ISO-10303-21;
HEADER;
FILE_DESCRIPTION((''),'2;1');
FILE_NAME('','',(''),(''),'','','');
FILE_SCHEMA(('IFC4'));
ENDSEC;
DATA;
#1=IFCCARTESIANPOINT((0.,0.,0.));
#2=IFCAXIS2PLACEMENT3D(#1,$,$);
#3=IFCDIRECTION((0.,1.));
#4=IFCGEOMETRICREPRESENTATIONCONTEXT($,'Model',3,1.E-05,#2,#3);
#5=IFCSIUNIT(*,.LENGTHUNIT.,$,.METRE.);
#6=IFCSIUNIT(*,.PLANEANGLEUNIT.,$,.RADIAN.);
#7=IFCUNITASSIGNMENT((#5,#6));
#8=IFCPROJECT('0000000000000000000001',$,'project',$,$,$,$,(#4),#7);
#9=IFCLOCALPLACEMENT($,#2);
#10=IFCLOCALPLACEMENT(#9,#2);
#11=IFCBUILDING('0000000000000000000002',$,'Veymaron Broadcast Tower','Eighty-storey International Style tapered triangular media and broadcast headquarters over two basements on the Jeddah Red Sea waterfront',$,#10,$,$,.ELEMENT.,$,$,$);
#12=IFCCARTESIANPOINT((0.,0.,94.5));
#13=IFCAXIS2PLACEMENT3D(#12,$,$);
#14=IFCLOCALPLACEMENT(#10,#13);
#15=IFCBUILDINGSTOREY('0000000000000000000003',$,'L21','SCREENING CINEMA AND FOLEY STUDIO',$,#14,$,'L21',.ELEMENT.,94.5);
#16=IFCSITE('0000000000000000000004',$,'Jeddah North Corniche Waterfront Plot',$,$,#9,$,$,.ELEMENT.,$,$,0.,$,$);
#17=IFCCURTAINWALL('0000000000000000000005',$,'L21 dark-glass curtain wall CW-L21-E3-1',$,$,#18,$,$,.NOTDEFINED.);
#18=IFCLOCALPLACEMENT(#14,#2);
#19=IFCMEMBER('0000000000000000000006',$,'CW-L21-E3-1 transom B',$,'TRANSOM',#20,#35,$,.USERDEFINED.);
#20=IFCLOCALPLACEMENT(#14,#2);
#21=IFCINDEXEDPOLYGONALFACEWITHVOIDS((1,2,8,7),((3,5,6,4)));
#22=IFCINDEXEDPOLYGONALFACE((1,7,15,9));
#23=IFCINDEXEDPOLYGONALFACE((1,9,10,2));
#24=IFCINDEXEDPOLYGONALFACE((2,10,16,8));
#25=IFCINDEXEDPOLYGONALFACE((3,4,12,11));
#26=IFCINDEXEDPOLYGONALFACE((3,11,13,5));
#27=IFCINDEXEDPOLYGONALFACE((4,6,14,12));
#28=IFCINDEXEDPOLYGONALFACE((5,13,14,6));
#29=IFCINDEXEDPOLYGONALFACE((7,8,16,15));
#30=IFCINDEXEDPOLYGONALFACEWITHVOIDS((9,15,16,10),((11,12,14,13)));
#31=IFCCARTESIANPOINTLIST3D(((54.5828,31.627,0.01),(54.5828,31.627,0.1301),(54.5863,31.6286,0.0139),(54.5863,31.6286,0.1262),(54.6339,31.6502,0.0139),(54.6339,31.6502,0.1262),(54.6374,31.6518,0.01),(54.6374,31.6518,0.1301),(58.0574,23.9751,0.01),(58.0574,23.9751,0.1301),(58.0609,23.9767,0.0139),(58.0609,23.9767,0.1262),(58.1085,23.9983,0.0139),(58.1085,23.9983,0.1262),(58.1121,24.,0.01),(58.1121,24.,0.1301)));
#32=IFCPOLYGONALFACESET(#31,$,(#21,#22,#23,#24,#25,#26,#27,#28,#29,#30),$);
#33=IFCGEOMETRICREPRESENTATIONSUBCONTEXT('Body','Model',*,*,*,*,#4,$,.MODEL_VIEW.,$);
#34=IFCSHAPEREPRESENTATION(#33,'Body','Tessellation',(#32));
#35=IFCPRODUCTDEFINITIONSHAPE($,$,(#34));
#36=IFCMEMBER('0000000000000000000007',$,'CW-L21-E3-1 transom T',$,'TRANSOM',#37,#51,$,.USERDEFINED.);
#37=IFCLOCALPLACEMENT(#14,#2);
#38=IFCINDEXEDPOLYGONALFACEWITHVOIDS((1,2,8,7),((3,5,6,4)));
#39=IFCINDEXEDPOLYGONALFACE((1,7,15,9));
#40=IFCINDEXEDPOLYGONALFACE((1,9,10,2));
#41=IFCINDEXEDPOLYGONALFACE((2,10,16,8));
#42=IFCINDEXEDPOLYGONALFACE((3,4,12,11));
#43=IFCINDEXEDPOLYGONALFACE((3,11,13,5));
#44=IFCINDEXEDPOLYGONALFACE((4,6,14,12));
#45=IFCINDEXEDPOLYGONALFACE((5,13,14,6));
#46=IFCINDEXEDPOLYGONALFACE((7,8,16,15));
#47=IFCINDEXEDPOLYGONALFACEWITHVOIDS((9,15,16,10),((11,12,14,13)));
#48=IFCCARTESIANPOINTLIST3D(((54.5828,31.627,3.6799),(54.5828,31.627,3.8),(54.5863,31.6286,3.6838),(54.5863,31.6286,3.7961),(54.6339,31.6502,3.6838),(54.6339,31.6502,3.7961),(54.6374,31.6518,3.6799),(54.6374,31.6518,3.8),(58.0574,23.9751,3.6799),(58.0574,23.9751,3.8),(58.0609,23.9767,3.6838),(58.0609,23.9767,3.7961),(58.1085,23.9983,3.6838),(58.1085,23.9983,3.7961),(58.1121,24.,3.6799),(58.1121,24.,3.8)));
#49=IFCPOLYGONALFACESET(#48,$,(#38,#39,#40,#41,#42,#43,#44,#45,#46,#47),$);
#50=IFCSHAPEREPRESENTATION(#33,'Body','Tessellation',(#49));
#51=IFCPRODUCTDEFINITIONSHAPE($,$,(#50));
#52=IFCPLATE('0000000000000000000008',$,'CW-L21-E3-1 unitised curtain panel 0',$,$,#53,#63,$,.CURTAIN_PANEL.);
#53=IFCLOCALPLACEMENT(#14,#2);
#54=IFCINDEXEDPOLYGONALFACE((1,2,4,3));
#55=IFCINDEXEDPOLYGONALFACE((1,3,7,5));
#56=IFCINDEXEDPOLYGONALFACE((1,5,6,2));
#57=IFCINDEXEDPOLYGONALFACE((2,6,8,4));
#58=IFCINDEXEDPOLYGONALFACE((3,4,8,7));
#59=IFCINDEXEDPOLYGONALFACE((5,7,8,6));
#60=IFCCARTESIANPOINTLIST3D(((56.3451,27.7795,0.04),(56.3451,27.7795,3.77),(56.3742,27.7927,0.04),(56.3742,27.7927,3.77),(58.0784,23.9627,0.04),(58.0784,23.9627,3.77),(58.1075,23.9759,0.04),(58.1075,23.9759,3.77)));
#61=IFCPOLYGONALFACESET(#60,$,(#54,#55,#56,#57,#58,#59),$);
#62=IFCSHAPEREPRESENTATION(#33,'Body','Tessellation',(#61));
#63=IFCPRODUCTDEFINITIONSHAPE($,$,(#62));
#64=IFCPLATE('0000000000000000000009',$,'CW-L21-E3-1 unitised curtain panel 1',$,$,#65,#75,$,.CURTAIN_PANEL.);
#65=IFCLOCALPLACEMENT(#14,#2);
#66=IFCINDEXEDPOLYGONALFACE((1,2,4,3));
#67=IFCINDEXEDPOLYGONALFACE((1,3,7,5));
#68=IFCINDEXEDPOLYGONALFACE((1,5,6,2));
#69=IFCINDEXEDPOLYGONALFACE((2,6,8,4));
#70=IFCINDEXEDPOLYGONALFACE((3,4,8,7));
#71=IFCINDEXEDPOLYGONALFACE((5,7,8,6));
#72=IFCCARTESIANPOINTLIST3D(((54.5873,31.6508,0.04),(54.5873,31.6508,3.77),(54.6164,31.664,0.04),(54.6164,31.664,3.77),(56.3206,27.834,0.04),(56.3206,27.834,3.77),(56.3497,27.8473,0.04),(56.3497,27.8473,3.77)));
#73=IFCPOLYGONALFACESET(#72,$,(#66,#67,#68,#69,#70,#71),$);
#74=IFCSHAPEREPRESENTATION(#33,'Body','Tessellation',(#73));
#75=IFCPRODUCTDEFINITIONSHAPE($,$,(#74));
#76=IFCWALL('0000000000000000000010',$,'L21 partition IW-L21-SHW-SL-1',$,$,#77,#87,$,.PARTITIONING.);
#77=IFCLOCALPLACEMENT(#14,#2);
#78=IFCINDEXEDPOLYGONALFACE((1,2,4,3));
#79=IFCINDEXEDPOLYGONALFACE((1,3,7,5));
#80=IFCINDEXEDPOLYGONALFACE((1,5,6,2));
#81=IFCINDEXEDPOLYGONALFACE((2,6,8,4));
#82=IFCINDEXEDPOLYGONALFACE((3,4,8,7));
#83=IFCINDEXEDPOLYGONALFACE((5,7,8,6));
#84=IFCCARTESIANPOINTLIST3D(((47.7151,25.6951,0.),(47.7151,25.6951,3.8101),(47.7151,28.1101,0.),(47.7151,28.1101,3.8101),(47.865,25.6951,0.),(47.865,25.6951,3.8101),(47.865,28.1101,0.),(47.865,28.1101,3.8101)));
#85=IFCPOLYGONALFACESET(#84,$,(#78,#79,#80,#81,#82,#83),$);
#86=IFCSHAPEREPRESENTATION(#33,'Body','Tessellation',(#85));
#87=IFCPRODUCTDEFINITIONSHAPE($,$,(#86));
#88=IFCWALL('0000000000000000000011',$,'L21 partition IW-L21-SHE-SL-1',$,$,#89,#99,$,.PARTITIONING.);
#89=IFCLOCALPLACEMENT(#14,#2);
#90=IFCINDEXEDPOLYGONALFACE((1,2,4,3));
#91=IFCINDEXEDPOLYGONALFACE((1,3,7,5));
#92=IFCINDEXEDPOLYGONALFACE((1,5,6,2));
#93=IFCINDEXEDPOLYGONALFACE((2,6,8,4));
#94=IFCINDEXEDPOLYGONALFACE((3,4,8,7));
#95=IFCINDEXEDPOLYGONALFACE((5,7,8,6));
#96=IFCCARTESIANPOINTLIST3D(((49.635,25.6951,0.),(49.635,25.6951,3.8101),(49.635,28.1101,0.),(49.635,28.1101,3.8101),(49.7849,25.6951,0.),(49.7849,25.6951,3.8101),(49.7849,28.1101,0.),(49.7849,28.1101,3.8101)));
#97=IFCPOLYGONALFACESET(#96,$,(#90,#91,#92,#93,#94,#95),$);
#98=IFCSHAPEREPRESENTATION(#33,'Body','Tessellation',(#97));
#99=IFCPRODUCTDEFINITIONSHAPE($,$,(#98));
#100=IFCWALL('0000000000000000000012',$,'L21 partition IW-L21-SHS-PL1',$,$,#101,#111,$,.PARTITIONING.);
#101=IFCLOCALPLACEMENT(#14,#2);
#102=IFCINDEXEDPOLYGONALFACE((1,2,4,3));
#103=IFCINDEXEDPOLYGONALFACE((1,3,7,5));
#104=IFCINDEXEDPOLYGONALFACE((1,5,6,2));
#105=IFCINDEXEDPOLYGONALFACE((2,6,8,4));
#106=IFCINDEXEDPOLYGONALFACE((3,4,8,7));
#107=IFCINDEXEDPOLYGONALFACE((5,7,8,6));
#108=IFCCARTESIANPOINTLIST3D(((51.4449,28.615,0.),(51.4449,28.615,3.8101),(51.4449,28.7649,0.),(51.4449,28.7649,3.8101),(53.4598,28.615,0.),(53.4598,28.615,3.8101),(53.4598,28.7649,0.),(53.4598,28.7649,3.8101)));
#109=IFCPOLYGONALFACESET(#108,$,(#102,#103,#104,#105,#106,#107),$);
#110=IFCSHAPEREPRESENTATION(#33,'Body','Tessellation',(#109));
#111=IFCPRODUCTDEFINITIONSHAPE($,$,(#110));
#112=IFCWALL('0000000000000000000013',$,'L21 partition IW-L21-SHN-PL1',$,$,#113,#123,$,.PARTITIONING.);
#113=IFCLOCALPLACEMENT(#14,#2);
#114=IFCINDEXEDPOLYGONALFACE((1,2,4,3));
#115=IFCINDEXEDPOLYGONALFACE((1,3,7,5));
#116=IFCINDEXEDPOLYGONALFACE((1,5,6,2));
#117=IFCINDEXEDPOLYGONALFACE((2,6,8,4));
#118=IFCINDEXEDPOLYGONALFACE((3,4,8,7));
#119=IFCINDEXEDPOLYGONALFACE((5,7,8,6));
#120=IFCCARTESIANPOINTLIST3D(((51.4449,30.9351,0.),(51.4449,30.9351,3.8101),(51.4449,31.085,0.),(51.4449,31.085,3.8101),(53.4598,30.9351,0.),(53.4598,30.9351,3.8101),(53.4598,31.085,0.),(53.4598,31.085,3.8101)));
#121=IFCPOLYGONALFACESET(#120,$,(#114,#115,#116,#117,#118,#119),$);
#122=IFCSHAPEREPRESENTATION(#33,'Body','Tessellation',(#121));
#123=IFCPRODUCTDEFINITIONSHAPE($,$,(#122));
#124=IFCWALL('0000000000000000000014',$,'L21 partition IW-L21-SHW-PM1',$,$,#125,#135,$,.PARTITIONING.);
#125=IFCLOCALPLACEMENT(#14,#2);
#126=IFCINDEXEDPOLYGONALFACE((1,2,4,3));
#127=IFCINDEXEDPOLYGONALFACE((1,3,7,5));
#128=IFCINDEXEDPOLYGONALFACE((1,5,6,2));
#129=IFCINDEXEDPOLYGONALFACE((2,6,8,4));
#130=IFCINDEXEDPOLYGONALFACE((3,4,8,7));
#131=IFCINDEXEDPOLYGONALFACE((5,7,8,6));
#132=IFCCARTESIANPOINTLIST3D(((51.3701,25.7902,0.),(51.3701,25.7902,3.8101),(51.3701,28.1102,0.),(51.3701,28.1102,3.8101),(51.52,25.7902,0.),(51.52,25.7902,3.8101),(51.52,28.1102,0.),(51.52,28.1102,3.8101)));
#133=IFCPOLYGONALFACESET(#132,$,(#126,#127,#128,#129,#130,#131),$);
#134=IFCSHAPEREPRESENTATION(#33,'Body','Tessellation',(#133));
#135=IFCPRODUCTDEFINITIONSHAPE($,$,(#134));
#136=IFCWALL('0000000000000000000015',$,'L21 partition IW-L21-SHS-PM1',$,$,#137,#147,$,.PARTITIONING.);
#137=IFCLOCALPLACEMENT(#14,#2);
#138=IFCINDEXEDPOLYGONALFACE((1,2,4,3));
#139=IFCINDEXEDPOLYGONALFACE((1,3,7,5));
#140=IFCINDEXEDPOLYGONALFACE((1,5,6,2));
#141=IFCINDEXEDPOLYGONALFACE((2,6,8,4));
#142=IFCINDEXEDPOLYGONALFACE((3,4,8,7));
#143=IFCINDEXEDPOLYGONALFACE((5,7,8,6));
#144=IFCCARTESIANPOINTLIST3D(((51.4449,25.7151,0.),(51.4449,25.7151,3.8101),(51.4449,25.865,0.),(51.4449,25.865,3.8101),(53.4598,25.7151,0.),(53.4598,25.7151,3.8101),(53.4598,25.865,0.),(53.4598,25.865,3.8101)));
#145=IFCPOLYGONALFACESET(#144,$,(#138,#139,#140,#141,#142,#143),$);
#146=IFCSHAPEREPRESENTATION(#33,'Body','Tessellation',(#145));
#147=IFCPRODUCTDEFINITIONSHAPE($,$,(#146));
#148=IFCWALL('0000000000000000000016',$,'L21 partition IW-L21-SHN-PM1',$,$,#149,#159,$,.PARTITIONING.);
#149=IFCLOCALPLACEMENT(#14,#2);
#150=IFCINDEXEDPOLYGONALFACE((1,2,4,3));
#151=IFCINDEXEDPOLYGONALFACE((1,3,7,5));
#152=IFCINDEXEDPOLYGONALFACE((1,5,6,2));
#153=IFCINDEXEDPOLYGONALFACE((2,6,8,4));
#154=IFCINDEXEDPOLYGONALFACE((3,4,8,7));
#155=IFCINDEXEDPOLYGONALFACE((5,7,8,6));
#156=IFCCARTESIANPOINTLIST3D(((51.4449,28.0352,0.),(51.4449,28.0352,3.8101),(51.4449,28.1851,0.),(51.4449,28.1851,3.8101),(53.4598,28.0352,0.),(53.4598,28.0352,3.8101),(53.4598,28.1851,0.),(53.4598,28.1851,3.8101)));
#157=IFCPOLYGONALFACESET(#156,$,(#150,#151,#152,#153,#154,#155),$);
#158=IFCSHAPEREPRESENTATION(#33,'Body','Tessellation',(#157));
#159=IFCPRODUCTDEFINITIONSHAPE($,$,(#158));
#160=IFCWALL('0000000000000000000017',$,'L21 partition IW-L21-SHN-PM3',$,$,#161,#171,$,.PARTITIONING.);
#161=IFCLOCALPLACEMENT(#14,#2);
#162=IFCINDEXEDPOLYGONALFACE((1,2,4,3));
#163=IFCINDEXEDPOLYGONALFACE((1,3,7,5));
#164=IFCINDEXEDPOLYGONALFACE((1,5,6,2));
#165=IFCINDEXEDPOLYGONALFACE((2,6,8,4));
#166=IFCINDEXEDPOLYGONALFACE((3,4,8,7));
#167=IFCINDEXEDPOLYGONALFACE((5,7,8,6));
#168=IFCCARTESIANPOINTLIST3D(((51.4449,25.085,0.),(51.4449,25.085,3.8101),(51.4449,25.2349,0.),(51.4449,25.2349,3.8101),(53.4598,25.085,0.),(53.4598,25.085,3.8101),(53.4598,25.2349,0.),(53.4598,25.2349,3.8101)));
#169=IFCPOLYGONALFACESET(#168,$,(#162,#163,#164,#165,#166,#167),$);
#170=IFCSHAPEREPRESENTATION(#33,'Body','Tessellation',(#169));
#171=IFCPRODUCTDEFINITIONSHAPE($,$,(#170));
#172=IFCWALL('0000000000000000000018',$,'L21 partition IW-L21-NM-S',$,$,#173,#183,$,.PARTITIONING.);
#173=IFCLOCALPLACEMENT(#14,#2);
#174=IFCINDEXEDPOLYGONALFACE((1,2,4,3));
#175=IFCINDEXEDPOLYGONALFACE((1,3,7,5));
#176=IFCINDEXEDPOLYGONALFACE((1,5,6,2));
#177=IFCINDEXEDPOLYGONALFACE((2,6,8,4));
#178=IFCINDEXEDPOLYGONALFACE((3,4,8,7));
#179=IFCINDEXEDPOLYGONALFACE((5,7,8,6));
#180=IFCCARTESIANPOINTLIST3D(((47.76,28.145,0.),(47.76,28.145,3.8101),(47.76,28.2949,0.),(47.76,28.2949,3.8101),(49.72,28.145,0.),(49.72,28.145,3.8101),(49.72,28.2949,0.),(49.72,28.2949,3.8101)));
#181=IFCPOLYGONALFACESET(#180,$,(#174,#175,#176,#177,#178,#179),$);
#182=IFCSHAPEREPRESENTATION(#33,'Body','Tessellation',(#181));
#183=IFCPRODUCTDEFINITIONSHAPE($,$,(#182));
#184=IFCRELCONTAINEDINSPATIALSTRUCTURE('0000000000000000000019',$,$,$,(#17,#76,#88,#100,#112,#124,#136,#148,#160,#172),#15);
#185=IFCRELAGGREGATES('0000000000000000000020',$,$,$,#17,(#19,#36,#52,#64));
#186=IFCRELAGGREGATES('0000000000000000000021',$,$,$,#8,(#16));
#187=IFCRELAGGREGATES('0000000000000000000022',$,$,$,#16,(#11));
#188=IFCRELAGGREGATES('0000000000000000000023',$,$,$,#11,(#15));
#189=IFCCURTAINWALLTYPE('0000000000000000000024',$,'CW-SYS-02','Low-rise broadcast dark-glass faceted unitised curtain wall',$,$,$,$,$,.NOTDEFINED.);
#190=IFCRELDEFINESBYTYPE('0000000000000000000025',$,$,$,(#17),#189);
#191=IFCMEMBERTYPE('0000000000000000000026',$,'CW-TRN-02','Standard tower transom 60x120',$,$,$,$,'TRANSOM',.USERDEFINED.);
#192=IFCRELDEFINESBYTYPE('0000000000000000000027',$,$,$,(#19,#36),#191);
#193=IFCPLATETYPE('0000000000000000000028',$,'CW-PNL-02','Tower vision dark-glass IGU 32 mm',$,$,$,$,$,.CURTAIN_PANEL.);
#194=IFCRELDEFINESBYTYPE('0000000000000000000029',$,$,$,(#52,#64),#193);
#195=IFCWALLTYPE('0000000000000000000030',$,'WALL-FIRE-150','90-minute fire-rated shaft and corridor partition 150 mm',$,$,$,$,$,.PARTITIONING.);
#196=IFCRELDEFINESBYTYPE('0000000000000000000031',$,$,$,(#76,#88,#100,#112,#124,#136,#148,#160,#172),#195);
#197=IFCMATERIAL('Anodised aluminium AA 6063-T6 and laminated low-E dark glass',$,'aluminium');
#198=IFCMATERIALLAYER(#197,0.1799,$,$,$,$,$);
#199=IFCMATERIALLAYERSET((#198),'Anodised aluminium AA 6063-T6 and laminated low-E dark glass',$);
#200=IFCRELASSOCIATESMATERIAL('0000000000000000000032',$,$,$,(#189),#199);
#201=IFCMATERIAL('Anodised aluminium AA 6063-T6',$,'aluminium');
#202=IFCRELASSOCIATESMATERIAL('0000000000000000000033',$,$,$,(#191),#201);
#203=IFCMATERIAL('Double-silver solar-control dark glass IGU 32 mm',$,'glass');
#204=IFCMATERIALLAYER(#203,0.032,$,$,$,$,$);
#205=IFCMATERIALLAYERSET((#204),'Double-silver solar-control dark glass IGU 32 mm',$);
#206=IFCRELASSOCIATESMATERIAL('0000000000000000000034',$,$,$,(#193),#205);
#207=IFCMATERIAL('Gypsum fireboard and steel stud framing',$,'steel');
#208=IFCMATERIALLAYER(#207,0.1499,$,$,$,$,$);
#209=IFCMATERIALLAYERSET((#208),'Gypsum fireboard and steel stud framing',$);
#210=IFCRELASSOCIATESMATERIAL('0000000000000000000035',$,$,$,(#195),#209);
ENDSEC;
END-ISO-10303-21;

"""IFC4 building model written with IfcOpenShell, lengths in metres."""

from ifc_helpers import new_model, si_unit, direction, frame, frame_2d, origin, origin_2d, place, context, subcontext, project, spatial, rectangle, hollow_rectangle, extrude, material, layer, layer_set, material_profile, profile_set, type_object, element, aggregate, save


model = new_model("IFC4")

# Units and contexts
model_context = context("Model", 3, precision=1e-05, world=origin(), true_north=direction((0.0, 1.0)))
body_context = subcontext(model_context, "Body", "Model", "MODEL_VIEW")
ifc_project = project(units=[si_unit("LENGTHUNIT", "METRE"), si_unit("PLANEANGLEUNIT", "RADIAN")], contexts=[model_context])

# Site, building, storey
site_placement = place(None, origin())
site = spatial("IfcSite", under=ifc_project, at=site_placement, Name="Jeddah North Corniche Waterfront Plot", CompositionType="ELEMENT", RefElevation=0.0)
building_placement = place(site_placement, origin())
building = spatial("IfcBuilding", under=site, at=building_placement, Name="Veymaron Broadcast Tower", Description="Eighty-storey International Style tapered triangular media and broadcast headquarters over two basements on the Jeddah Red Sea waterfront", CompositionType="ELEMENT")
storey_placement = place(building_placement, frame((0.0, 0.0, 94.5)))
storey = spatial("IfcBuildingStorey", under=building, at=storey_placement, Name="L21", Description="SCREENING CINEMA AND FOLEY STUDIO", LongName="L21", CompositionType="ELEMENT", Elevation=94.5)

# Shared definitions
ifc_material_1 = material(Name="Anodised aluminium AA 6063-T6 and laminated low-E dark glass", Category="aluminium")
ifc_layer_1 = layer(ifc_material_1, 0.1799)
ifc_layer_set_1 = layer_set([ifc_layer_1], Name="Anodised aluminium AA 6063-T6 and laminated low-E dark glass")
curtain_wall_type = type_object("IfcCurtainWallType", Name="CW-SYS-02", Description="Low-rise broadcast dark-glass faceted unitised curtain wall", PredefinedType="NOTDEFINED", material=ifc_layer_set_1)
ifc_material_2 = material(Name="Anodised aluminium AA 6063-T6", Category="aluminium")

# Curtain wall
curtain_wall_1_placement = place(storey_placement, origin())
curtain_wall_1 = element("IfcCurtainWall", 1, at=curtain_wall_1_placement, inside=storey, type_object=curtain_wall_type, Name="L21 dark-glass curtain wall CW-L21-E3-1", PredefinedType="NOTDEFINED")

# Members
ifc_material_profile_1 = material_profile(ifc_material_2, hollow_rectangle(XDim=0.0601, YDim=0.1201, WallThickness=0.0039, at=origin_2d()), Name="AL120X60X4")
ifc_profile_set_1 = profile_set([ifc_material_profile_1], Name="Anodised aluminium AA 6063-T6")
member_type_1 = type_object("IfcMemberType", Name="CW-TRN-02", Description="Standard tower transom 60x120", ElementType="TRANSOM", PredefinedType="USERDEFINED", material=ifc_profile_set_1)
member_1_placement = place(storey_placement, frame((58.0847, 23.9875, 0.0701), z_axis=(-0.413457, 0.910524, 0.0), x_axis=(-0.910524, -0.413457, 0.0)))
member_1 = element("IfcMember", 2, at=member_1_placement, type_object=member_type_1, Name="CW-L21-E3-1 transom B", ObjectType="TRANSOM", PredefinedType="USERDEFINED", context=body_context, shape_type="SweptSolid", body=[
    extrude(hollow_rectangle(XDim=0.0601, YDim=0.1201, WallThickness=0.0039, at=origin_2d()), origin(), (0.0, 0.0, 1.0), 8.4038),
])
member_2_placement = place(storey_placement, frame((58.0847, 23.9875, 3.74), z_axis=(-0.413457, 0.910524, 0.0), x_axis=(-0.910524, -0.413457, 0.0)))
member_2 = element("IfcMember", 3, at=member_2_placement, type_object=member_type_1, Name="CW-L21-E3-1 transom T", ObjectType="TRANSOM", PredefinedType="USERDEFINED", context=body_context, shape_type="SweptSolid", body=[
    extrude(hollow_rectangle(XDim=0.0601, YDim=0.1201, WallThickness=0.0039, at=origin_2d()), origin(), (0.0, 0.0, 1.0), 8.4038),
])

# Plates
ifc_material_3 = material(Name="Double-silver solar-control dark glass IGU 32 mm", Category="glass")
ifc_layer_2 = layer(ifc_material_3, 0.032)
ifc_layer_set_2 = layer_set([ifc_layer_2], Name="Double-silver solar-control dark glass IGU 32 mm")
plate_type = type_object("IfcPlateType", Name="CW-PNL-02", Description="Tower vision dark-glass IGU 32 mm", PredefinedType="CURTAIN_PANEL", material=ifc_layer_set_2)
plate_1_placement = place(storey_placement, frame((57.2263, 25.8777, 0.04), z_axis=(0.0, 0.0, 1.0), x_axis=(-0.413486, 0.910511, 0.0)))
plate_1 = element("IfcPlate", 4, at=plate_1_placement, type_object=plate_type, Name="CW-L21-E3-1 unitised curtain panel 0", PredefinedType="CURTAIN_PANEL", context=body_context, shape_type="SweptSolid", body=[
    extrude(rectangle(XDim=4.1919, YDim=0.032, at=origin_2d()), origin(), (0.0, 0.0, 1.0), 3.73),
])
plate_2_placement = place(storey_placement, frame((55.4685, 29.749, 0.04), z_axis=(0.0, 0.0, 1.0), x_axis=(-0.413486, 0.910511, 0.0)))
plate_2 = element("IfcPlate", 5, at=plate_2_placement, type_object=plate_type, Name="CW-L21-E3-1 unitised curtain panel 1", PredefinedType="CURTAIN_PANEL", context=body_context, shape_type="SweptSolid", body=[
    extrude(rectangle(XDim=4.1919, YDim=0.032, at=origin_2d()), origin(), (0.0, 0.0, 1.0), 3.73),
])
aggregate(curtain_wall_1, [member_1, member_2, plate_1, plate_2])

# Shared definitions
ifc_material_4 = material(Name="Gypsum fireboard and steel stud framing", Category="steel")
ifc_layer_3 = layer(ifc_material_4, 0.1499)
ifc_layer_set_3 = layer_set([ifc_layer_3], Name="Gypsum fireboard and steel stud framing")
wall_type_1 = type_object("IfcWallType", Name="WALL-FIRE-150", Description="90-minute fire-rated shaft and corridor partition 150 mm", PredefinedType="PARTITIONING", material=ifc_layer_set_3)

# Walls
for number, where, z_axis, x_axis, name in (
    (6, (47.79, 25.6951, 0.0), (0.0, 0.0, 1.0), (0.0, 1.0, 0.0), "L21 partition IW-L21-SHW-SL-1"),
    (7, (49.71, 25.6951, 0.0), (0.0, 0.0, 1.0), (0.0, 1.0, 0.0), "L21 partition IW-L21-SHE-SL-1"),
):
    element("IfcWall", number, at=place(storey_placement, frame(where, z_axis=z_axis, x_axis=x_axis)), inside=storey, type_object=wall_type_1, Name=name, PredefinedType="PARTITIONING", context=body_context, shape_type="SweptSolid", body=[
        extrude(rectangle(XDim=2.415, YDim=0.1499, at=frame_2d((1.2075, 0.0))), origin(), (0.0, 0.0, 1.0), 3.8101),
    ])

# Walls
for number, where, z_axis, x_axis, name in (
    (8, (51.4451, 28.6899, 0.0), (0.0, 0.0, 1.0), (1.0, 0.0, 0.0), "L21 partition IW-L21-SHS-PL1"),
    (9, (51.4451, 31.01, 0.0), (0.0, 0.0, 1.0), (1.0, 0.0, 0.0), "L21 partition IW-L21-SHN-PL1"),
):
    element("IfcWall", number, at=place(storey_placement, frame(where, z_axis=z_axis, x_axis=x_axis)), inside=storey, type_object=wall_type_1, Name=name, PredefinedType="PARTITIONING", context=body_context, shape_type="SweptSolid", body=[
        extrude(rectangle(XDim=2.0149, YDim=0.1499, at=frame_2d((1.0073, 0.0))), origin(), (0.0, 0.0, 1.0), 3.8101),
    ])
wall_1_placement = place(storey_placement, frame((51.4451, 25.79, 0.0), z_axis=(0.0, 0.0, 1.0), x_axis=(0.0, 1.0, 0.0)))
element("IfcWall", 10, at=wall_1_placement, inside=storey, type_object=wall_type_1, Name="L21 partition IW-L21-SHW-PM1", PredefinedType="PARTITIONING", context=body_context, shape_type="SweptSolid", body=[
    extrude(rectangle(XDim=2.3201, YDim=0.1499, at=frame_2d((1.1602, 0.0))), origin(), (0.0, 0.0, 1.0), 3.8101),
])
for number, where, z_axis, x_axis, name in (
    (11, (51.4451, 25.79, 0.0), (0.0, 0.0, 1.0), (1.0, 0.0, 0.0), "L21 partition IW-L21-SHS-PM1"),
    (12, (51.4451, 28.1101, 0.0), (0.0, 0.0, 1.0), (1.0, 0.0, 0.0), "L21 partition IW-L21-SHN-PM1"),
    (13, (51.4451, 25.1599, 0.0), (0.0, 0.0, 1.0), (1.0, 0.0, 0.0), "L21 partition IW-L21-SHN-PM3"),
):
    element("IfcWall", number, at=place(storey_placement, frame(where, z_axis=z_axis, x_axis=x_axis)), inside=storey, type_object=wall_type_1, Name=name, PredefinedType="PARTITIONING", context=body_context, shape_type="SweptSolid", body=[
        extrude(rectangle(XDim=2.0149, YDim=0.1499, at=frame_2d((1.0073, 0.0))), origin(), (0.0, 0.0, 1.0), 3.8101),
    ])
wall_2_placement = place(storey_placement, frame((47.76, 28.22, 0.0), z_axis=(0.0, 0.0, 1.0), x_axis=(1.0, 0.0, 0.0)))
element("IfcWall", 14, at=wall_2_placement, inside=storey, type_object=wall_type_1, Name="L21 partition IW-L21-NM-S", PredefinedType="PARTITIONING", context=body_context, shape_type="SweptSolid", body=[
    extrude(rectangle(XDim=1.96, YDim=0.1499, at=frame_2d((0.98, 0.0))), origin(), (0.0, 0.0, 1.0), 3.8101),
])

save(model, "model.ifc")
